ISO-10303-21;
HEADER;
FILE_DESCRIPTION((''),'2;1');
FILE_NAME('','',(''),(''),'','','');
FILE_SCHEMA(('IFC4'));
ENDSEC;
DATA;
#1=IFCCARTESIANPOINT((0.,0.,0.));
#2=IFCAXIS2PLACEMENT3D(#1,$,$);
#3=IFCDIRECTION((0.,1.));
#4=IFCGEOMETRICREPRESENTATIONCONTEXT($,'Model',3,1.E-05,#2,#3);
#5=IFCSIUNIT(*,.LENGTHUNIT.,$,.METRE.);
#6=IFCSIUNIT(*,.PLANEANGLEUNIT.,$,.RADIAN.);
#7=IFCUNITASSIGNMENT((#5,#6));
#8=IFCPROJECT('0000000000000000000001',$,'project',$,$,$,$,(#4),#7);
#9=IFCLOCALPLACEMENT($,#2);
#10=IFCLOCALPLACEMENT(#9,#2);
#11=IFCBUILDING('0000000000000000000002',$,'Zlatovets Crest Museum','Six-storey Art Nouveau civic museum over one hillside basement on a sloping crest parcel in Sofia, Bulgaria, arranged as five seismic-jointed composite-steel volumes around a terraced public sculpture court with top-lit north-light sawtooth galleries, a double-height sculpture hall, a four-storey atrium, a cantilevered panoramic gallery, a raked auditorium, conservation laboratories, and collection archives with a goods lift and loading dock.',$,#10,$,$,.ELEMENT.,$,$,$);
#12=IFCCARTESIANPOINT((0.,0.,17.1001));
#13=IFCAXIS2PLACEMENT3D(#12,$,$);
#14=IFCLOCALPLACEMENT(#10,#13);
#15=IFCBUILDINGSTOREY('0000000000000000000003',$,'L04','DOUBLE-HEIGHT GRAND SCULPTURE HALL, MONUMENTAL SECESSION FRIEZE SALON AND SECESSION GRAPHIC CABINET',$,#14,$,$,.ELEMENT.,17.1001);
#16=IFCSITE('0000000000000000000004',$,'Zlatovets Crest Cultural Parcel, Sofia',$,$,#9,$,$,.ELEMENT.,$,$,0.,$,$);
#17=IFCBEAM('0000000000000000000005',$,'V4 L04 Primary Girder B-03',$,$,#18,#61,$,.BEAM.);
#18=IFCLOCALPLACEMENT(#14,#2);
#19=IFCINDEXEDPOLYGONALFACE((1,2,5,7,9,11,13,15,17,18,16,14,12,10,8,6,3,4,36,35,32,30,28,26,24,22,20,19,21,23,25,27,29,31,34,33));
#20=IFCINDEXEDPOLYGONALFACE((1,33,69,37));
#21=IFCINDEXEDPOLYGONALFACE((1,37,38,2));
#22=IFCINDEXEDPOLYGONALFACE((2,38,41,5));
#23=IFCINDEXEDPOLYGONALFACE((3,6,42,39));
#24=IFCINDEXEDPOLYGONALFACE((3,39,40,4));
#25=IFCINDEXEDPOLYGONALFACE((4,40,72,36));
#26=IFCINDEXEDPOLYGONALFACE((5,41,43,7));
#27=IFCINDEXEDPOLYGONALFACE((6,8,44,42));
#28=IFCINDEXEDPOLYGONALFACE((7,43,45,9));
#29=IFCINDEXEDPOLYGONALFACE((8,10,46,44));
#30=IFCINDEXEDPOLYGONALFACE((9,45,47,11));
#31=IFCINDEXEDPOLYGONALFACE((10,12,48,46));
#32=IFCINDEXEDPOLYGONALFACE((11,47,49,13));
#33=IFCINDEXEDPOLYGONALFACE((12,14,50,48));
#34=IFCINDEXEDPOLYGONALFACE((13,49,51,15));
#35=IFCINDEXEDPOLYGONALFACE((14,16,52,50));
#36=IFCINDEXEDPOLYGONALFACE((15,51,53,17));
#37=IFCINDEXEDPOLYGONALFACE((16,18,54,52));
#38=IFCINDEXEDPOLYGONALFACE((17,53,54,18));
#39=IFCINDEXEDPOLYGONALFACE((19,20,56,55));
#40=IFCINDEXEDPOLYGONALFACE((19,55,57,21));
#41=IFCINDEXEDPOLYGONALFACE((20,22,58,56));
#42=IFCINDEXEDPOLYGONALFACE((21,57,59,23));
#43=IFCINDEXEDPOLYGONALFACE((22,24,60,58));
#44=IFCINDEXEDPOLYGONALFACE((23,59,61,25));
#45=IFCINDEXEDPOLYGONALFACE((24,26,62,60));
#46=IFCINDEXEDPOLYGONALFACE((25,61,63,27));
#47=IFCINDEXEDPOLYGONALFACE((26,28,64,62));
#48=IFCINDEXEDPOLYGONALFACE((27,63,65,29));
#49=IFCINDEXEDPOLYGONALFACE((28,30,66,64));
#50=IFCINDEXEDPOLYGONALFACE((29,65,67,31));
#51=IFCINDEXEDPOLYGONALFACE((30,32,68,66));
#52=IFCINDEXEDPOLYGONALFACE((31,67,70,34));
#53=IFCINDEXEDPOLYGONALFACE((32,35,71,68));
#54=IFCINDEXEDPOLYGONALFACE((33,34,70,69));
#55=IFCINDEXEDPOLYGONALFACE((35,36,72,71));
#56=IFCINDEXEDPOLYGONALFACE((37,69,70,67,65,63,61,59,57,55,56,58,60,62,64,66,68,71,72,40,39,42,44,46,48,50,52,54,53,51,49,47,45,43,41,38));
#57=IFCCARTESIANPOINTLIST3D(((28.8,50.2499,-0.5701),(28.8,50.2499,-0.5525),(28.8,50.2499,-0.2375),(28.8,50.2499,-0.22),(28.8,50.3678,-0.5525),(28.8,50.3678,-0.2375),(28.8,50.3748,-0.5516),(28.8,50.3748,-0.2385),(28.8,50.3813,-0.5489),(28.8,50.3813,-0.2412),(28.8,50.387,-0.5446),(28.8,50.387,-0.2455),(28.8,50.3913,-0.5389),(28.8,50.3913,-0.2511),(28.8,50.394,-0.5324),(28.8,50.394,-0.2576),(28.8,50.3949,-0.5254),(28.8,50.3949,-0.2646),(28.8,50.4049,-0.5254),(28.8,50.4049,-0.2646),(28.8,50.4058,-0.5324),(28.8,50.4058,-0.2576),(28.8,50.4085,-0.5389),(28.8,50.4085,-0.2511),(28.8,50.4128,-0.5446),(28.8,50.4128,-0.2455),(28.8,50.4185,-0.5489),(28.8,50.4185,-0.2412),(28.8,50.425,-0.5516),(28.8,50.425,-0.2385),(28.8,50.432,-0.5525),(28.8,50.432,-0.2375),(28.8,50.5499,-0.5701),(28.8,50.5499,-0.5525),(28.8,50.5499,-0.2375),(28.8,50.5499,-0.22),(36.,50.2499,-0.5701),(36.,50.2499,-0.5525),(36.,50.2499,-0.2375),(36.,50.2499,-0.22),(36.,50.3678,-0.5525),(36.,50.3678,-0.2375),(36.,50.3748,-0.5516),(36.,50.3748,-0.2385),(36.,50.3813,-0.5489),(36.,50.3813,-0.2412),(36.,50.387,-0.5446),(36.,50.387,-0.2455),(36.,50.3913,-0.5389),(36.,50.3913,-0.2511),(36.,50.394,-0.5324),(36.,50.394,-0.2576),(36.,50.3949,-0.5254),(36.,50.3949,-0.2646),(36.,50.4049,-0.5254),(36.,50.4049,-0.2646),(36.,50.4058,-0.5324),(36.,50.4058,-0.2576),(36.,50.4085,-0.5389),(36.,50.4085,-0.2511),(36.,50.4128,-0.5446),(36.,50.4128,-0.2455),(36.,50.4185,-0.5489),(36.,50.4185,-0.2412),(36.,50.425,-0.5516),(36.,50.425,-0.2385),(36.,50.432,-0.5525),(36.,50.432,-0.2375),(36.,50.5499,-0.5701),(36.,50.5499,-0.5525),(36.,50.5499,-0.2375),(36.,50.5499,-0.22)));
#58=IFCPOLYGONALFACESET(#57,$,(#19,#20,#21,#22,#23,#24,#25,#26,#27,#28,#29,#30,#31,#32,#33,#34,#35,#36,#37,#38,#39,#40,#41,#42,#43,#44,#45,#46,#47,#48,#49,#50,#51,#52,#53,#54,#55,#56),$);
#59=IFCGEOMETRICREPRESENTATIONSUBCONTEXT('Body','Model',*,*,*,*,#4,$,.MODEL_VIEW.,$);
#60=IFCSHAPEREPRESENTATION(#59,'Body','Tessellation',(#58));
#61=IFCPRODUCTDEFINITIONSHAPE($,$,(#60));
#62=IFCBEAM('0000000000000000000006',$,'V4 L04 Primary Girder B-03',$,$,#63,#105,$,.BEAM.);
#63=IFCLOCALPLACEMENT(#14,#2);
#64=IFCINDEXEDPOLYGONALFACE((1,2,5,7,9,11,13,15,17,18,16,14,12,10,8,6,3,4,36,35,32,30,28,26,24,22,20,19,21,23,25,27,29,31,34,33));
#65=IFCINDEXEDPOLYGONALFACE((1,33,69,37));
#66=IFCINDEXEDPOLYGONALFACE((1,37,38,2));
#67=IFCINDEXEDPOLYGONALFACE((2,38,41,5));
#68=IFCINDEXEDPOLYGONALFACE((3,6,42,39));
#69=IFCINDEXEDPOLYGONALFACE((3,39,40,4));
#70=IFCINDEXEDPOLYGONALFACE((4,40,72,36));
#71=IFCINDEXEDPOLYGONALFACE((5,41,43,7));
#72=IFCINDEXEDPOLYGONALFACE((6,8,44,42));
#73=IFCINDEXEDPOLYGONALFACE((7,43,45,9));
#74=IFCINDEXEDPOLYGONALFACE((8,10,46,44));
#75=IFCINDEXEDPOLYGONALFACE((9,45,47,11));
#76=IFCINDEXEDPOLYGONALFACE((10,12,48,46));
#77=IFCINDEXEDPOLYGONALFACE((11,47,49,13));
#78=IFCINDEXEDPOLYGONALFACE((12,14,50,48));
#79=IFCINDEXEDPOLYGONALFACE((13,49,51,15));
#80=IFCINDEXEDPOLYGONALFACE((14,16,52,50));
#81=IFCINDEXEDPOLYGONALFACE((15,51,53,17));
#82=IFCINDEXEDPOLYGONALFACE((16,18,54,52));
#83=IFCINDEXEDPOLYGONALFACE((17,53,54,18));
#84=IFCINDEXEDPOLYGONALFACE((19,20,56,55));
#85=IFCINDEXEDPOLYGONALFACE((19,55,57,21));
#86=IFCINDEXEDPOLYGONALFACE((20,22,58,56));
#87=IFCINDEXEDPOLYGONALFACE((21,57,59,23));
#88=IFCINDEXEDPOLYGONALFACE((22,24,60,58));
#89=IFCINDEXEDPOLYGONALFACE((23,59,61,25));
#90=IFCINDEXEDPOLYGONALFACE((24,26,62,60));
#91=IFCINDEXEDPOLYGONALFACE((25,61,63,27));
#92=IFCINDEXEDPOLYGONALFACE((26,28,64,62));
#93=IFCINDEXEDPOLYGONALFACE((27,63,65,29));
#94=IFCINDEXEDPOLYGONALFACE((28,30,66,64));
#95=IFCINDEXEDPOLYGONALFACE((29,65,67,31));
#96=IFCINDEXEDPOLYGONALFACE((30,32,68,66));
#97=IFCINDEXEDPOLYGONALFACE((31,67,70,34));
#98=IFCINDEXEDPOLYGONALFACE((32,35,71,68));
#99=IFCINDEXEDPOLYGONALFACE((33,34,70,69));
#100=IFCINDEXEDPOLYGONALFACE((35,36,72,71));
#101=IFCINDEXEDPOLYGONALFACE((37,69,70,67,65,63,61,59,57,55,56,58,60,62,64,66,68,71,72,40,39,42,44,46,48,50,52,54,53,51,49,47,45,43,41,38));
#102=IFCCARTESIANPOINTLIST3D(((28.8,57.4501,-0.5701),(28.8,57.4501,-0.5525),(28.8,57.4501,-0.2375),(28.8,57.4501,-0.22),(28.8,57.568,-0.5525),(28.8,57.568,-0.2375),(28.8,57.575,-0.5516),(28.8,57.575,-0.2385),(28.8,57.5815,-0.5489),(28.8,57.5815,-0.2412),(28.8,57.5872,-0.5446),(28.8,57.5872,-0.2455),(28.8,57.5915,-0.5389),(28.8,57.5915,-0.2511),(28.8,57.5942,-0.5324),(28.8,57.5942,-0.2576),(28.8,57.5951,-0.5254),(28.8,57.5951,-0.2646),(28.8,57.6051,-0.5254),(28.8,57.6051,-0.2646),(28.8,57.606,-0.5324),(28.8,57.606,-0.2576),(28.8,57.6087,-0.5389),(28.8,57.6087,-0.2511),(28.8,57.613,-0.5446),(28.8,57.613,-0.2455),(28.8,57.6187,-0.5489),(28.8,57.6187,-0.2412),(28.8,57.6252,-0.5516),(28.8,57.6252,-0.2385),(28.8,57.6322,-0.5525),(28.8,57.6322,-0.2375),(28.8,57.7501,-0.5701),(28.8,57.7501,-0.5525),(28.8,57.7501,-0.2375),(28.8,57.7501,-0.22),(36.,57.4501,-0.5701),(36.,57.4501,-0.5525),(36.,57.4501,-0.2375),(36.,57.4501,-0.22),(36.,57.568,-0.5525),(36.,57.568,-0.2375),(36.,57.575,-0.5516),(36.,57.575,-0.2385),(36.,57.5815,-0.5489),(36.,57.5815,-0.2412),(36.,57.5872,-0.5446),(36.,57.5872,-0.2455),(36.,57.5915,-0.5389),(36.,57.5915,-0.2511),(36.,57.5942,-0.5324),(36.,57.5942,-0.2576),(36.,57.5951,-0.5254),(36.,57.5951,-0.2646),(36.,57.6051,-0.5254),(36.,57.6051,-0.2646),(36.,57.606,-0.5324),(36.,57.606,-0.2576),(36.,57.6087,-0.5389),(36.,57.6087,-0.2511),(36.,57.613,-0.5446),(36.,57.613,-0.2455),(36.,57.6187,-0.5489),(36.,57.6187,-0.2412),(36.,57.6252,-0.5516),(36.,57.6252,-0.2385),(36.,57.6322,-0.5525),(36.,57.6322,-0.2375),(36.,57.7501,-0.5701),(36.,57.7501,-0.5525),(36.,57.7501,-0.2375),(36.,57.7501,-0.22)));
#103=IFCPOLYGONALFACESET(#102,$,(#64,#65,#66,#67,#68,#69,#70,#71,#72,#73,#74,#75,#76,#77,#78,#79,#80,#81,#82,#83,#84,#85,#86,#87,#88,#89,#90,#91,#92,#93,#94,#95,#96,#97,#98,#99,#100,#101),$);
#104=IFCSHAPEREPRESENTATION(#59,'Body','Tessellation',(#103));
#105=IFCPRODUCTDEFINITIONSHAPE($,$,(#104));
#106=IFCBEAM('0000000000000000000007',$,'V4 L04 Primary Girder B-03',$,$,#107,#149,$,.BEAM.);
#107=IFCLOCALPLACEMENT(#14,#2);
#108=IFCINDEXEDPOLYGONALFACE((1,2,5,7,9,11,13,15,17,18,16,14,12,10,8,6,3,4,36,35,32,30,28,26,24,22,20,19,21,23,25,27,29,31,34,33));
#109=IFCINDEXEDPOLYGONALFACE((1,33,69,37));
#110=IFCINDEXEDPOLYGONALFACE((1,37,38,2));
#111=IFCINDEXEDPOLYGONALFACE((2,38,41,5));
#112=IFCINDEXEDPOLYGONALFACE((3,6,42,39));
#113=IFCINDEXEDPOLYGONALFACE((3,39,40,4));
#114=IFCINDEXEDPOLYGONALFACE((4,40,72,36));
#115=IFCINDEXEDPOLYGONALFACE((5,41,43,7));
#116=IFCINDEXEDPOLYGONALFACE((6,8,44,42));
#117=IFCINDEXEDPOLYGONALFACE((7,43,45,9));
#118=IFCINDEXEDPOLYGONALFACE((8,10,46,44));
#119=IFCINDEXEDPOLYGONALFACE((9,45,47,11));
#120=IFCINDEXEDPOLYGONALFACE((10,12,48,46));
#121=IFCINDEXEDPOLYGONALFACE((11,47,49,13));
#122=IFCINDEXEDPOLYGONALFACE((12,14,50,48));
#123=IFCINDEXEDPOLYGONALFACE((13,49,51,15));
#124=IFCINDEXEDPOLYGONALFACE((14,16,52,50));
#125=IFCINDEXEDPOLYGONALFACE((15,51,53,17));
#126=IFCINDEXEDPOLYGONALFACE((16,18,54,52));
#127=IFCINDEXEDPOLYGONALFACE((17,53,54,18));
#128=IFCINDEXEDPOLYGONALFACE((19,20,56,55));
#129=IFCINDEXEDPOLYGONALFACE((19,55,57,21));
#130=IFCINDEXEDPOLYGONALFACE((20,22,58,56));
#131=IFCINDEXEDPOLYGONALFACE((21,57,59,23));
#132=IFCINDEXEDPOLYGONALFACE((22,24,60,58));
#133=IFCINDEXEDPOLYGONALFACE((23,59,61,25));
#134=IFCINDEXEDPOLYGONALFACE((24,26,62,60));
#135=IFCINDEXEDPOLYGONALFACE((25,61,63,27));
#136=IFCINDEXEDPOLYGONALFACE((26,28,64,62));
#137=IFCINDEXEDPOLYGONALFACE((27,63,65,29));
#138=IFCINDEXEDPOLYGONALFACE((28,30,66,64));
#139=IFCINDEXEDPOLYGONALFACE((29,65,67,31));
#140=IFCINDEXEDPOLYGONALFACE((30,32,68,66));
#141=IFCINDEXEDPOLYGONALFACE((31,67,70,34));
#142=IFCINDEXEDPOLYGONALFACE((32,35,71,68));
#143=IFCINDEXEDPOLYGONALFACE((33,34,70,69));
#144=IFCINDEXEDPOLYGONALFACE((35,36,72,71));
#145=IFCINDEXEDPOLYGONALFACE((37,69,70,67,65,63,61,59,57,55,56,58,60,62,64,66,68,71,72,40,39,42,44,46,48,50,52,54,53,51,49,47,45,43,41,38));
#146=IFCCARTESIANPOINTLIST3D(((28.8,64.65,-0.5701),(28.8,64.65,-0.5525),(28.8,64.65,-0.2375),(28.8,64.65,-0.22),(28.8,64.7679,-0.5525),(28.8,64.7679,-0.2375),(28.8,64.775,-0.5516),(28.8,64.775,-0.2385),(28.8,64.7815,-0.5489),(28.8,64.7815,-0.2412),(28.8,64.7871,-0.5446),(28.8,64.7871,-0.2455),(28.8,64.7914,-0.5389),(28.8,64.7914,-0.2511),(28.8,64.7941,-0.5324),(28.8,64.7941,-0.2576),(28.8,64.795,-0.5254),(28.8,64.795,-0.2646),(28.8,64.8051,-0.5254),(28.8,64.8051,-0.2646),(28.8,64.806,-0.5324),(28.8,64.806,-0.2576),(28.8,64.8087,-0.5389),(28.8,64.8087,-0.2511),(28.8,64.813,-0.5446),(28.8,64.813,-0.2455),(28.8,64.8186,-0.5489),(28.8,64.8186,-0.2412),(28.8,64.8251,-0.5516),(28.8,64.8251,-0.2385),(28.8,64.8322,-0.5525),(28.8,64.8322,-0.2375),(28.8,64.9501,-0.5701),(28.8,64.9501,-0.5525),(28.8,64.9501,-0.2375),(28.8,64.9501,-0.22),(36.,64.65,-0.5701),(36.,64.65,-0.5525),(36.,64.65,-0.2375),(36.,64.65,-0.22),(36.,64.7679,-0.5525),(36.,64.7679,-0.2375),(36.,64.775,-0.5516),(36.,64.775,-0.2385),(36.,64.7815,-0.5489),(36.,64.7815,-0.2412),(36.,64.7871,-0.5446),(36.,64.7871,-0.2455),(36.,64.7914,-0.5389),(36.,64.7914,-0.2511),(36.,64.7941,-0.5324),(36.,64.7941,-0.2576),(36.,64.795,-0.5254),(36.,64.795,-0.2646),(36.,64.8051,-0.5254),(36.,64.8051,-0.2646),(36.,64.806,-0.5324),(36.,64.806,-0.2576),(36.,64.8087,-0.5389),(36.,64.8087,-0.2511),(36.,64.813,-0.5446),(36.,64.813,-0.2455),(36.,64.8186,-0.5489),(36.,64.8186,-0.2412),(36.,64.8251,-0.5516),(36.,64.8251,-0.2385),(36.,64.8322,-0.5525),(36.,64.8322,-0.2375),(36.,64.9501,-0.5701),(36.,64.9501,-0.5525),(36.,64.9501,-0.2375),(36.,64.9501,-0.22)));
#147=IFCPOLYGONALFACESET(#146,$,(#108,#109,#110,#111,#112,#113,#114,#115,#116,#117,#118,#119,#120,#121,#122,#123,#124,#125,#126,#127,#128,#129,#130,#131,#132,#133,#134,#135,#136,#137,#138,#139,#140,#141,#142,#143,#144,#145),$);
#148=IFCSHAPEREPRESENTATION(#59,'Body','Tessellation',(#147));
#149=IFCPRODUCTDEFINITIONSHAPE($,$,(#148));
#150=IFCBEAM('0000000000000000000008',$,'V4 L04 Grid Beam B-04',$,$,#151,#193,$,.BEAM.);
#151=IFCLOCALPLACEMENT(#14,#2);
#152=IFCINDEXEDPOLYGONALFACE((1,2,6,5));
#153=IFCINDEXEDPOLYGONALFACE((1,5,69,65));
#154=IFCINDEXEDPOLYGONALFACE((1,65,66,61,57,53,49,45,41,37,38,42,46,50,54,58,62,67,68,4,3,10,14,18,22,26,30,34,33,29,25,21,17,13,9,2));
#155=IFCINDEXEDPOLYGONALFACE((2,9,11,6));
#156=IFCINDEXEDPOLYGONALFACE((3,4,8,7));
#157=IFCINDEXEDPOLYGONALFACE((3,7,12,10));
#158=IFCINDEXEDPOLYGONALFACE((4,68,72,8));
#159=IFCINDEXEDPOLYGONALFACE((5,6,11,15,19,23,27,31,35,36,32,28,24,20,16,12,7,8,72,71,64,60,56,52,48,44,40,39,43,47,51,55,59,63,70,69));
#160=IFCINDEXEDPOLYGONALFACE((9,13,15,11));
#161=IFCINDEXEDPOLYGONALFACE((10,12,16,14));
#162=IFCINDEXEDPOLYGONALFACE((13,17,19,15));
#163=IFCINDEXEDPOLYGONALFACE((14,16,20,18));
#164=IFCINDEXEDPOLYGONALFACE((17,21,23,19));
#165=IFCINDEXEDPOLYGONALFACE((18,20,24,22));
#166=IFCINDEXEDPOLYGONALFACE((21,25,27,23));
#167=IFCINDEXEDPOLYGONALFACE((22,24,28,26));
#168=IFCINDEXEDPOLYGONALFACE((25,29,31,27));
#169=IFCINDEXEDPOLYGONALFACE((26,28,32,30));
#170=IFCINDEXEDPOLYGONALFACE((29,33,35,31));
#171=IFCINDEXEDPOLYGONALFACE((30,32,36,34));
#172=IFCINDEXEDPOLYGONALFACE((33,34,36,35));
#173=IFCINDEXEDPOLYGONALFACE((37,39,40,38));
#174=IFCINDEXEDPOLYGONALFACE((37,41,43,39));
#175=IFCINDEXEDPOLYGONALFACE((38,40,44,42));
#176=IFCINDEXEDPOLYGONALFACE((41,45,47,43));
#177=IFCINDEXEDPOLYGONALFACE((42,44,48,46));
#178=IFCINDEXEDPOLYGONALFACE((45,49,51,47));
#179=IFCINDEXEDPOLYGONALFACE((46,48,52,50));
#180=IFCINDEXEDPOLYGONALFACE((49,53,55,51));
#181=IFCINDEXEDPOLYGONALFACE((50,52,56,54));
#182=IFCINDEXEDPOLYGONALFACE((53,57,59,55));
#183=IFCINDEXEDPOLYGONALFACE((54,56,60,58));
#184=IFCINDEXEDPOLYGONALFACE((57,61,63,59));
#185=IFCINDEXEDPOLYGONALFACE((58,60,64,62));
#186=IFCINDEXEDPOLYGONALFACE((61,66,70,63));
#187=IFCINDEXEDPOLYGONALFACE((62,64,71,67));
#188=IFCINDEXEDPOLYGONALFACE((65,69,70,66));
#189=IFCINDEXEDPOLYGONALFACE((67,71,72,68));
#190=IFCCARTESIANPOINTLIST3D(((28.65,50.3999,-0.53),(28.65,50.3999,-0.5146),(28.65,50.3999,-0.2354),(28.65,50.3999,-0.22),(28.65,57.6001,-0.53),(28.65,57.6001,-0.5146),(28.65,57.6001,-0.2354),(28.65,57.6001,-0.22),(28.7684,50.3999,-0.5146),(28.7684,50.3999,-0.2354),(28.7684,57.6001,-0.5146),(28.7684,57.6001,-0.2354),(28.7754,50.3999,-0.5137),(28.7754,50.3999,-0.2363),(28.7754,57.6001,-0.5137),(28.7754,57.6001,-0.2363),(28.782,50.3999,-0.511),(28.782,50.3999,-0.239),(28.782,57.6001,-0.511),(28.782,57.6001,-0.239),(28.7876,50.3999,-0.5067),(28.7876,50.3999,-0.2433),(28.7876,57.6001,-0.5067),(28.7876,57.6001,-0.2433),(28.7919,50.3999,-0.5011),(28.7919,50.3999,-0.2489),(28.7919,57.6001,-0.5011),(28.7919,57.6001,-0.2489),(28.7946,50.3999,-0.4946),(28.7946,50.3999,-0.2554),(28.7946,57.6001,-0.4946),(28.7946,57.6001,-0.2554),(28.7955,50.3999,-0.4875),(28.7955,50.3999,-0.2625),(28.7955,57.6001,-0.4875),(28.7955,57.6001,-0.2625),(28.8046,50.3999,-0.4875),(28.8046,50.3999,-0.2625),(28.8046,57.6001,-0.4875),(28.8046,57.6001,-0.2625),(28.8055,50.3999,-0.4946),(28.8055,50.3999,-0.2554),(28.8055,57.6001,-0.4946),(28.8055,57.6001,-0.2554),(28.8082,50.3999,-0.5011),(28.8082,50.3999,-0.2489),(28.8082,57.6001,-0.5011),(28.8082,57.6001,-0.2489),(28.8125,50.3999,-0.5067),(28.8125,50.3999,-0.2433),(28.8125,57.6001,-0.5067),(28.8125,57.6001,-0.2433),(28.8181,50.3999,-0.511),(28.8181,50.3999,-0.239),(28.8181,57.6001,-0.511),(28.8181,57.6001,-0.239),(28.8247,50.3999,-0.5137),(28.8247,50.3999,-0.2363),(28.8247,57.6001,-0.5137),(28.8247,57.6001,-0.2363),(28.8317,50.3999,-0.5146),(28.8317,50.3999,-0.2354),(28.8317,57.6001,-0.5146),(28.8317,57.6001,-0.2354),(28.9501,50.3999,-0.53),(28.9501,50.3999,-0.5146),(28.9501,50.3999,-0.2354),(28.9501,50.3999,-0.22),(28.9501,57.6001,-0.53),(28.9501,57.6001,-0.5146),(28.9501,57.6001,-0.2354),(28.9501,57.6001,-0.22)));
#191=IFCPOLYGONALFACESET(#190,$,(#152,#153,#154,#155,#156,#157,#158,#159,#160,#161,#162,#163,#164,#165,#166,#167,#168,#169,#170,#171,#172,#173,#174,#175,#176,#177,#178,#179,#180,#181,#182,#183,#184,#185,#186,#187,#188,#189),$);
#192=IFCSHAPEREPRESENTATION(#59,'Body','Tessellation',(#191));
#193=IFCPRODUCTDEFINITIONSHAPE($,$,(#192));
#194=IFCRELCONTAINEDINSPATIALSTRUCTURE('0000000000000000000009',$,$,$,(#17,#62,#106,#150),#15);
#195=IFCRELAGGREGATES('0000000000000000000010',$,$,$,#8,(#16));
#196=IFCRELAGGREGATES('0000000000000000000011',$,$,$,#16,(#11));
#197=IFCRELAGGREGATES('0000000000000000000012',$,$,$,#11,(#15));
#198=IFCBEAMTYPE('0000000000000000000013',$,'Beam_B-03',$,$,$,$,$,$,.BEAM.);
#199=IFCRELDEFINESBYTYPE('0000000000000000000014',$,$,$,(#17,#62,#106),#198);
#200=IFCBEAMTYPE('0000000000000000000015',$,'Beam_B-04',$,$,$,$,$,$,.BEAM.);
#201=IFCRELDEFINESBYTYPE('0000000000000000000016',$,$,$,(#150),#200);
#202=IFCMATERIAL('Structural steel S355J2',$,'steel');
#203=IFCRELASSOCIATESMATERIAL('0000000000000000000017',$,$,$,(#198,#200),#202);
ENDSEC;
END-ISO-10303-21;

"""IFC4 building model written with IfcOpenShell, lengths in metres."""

from ifc_helpers import new_model, si_unit, direction, frame, origin, origin_2d, place, context, subcontext, project, spatial, i_section, extrude, material, material_profile, profile_set, type_object, element, save


model = new_model("IFC4")

# Units and contexts
model_context = context("Model", 3, precision=1e-05, world=origin(), true_north=direction((0.0, 1.0)))
body_context = subcontext(model_context, "Body", "Model", "MODEL_VIEW")
ifc_project = project(units=[si_unit("LENGTHUNIT", "METRE"), si_unit("PLANEANGLEUNIT", "RADIAN")], contexts=[model_context])

# Site, building, storey
site_placement = place(None, origin())
site = spatial("IfcSite", under=ifc_project, at=site_placement, Name="Zlatovets Crest Cultural Parcel, Sofia", CompositionType="ELEMENT", RefElevation=0.0)
building_placement = place(site_placement, origin())
building = spatial("IfcBuilding", under=site, at=building_placement, Name="Zlatovets Crest Museum", Description="Six-storey Art Nouveau civic museum over one hillside basement on a sloping crest parcel in Sofia, Bulgaria, arranged as five seismic-jointed composite-steel volumes around a terraced public sculpture court with top-lit north-light sawtooth galleries, a double-height sculpture hall, a four-storey atrium, a cantilevered panoramic gallery, a raked auditorium, conservation laboratories, and collection archives with a goods lift and loading dock.", CompositionType="ELEMENT")
storey_placement = place(building_placement, frame((0.0, 0.0, 17.1001)))
storey = spatial("IfcBuildingStorey", under=building, at=storey_placement, Name="L04", Description="DOUBLE-HEIGHT GRAND SCULPTURE HALL, MONUMENTAL SECESSION FRIEZE SALON AND SECESSION GRAPHIC CABINET", CompositionType="ELEMENT", Elevation=17.1001)

# Beams
ifc_material_1 = material(Name="Structural steel S355J2", Category="steel")
ifc_material_profile_1 = material_profile(ifc_material_1, i_section(OverallWidth=0.3, OverallDepth=0.3501, WebThickness=0.01, FlangeThickness=0.0176, FilletRadius=0.0271, at=origin_2d()), Name="HEA 360")
ifc_profile_set_1 = profile_set([ifc_material_profile_1], Name="Structural steel S355J2")
beam_type_1 = type_object("IfcBeamType", Name="Beam_B-03", PredefinedType="BEAM", material=ifc_profile_set_1)
for number, where, z_axis, x_axis, name in (
    (1, (28.8, 50.3999, -0.395), (1.0, 0.0, 0.0), (0.0, 1.0, 0.0), "V4 L04 Primary Girder B-03"),
    (2, (28.8, 57.6001, -0.395), (1.0, 0.0, 0.0), (0.0, 1.0, 0.0), "V4 L04 Primary Girder B-03"),
    (3, (28.8, 64.8, -0.395), (1.0, 0.0, 0.0), (0.0, 1.0, 0.0), "V4 L04 Primary Girder B-03"),
):
    element("IfcBeam", number, at=place(storey_placement, frame(where, z_axis=z_axis, x_axis=x_axis)), inside=storey, type_object=beam_type_1, Name=name, PredefinedType="BEAM", context=body_context, shape_type="SweptSolid", body=[
        extrude(i_section(OverallWidth=0.3, OverallDepth=0.3501, WebThickness=0.01, FlangeThickness=0.0176, FilletRadius=0.0271, at=origin_2d()), origin(), (0.0, 0.0, 1.0), 7.2),
    ])
ifc_material_profile_2 = material_profile(ifc_material_1, i_section(OverallWidth=0.3, OverallDepth=0.3101, WebThickness=0.009, FlangeThickness=0.0154, FilletRadius=0.0271, at=origin_2d()), Name="HEA 320")
ifc_profile_set_2 = profile_set([ifc_material_profile_2], Name="Structural steel S355J2")
beam_type_2 = type_object("IfcBeamType", Name="Beam_B-04", PredefinedType="BEAM", material=ifc_profile_set_2)
beam_1_placement = place(storey_placement, frame((28.8, 50.3999, -0.375), z_axis=(0.0, 1.0, 0.0), x_axis=(-1.0, 0.0, 0.0)))
element("IfcBeam", 4, at=beam_1_placement, inside=storey, type_object=beam_type_2, Name="V4 L04 Grid Beam B-04", PredefinedType="BEAM", context=body_context, shape_type="SweptSolid", body=[
    extrude(i_section(OverallWidth=0.3, OverallDepth=0.3101, WebThickness=0.009, FlangeThickness=0.0154, FilletRadius=0.0271, at=origin_2d()), origin(), (0.0, 0.0, 1.0), 7.2002),
])

save(model, "model.ifc")
